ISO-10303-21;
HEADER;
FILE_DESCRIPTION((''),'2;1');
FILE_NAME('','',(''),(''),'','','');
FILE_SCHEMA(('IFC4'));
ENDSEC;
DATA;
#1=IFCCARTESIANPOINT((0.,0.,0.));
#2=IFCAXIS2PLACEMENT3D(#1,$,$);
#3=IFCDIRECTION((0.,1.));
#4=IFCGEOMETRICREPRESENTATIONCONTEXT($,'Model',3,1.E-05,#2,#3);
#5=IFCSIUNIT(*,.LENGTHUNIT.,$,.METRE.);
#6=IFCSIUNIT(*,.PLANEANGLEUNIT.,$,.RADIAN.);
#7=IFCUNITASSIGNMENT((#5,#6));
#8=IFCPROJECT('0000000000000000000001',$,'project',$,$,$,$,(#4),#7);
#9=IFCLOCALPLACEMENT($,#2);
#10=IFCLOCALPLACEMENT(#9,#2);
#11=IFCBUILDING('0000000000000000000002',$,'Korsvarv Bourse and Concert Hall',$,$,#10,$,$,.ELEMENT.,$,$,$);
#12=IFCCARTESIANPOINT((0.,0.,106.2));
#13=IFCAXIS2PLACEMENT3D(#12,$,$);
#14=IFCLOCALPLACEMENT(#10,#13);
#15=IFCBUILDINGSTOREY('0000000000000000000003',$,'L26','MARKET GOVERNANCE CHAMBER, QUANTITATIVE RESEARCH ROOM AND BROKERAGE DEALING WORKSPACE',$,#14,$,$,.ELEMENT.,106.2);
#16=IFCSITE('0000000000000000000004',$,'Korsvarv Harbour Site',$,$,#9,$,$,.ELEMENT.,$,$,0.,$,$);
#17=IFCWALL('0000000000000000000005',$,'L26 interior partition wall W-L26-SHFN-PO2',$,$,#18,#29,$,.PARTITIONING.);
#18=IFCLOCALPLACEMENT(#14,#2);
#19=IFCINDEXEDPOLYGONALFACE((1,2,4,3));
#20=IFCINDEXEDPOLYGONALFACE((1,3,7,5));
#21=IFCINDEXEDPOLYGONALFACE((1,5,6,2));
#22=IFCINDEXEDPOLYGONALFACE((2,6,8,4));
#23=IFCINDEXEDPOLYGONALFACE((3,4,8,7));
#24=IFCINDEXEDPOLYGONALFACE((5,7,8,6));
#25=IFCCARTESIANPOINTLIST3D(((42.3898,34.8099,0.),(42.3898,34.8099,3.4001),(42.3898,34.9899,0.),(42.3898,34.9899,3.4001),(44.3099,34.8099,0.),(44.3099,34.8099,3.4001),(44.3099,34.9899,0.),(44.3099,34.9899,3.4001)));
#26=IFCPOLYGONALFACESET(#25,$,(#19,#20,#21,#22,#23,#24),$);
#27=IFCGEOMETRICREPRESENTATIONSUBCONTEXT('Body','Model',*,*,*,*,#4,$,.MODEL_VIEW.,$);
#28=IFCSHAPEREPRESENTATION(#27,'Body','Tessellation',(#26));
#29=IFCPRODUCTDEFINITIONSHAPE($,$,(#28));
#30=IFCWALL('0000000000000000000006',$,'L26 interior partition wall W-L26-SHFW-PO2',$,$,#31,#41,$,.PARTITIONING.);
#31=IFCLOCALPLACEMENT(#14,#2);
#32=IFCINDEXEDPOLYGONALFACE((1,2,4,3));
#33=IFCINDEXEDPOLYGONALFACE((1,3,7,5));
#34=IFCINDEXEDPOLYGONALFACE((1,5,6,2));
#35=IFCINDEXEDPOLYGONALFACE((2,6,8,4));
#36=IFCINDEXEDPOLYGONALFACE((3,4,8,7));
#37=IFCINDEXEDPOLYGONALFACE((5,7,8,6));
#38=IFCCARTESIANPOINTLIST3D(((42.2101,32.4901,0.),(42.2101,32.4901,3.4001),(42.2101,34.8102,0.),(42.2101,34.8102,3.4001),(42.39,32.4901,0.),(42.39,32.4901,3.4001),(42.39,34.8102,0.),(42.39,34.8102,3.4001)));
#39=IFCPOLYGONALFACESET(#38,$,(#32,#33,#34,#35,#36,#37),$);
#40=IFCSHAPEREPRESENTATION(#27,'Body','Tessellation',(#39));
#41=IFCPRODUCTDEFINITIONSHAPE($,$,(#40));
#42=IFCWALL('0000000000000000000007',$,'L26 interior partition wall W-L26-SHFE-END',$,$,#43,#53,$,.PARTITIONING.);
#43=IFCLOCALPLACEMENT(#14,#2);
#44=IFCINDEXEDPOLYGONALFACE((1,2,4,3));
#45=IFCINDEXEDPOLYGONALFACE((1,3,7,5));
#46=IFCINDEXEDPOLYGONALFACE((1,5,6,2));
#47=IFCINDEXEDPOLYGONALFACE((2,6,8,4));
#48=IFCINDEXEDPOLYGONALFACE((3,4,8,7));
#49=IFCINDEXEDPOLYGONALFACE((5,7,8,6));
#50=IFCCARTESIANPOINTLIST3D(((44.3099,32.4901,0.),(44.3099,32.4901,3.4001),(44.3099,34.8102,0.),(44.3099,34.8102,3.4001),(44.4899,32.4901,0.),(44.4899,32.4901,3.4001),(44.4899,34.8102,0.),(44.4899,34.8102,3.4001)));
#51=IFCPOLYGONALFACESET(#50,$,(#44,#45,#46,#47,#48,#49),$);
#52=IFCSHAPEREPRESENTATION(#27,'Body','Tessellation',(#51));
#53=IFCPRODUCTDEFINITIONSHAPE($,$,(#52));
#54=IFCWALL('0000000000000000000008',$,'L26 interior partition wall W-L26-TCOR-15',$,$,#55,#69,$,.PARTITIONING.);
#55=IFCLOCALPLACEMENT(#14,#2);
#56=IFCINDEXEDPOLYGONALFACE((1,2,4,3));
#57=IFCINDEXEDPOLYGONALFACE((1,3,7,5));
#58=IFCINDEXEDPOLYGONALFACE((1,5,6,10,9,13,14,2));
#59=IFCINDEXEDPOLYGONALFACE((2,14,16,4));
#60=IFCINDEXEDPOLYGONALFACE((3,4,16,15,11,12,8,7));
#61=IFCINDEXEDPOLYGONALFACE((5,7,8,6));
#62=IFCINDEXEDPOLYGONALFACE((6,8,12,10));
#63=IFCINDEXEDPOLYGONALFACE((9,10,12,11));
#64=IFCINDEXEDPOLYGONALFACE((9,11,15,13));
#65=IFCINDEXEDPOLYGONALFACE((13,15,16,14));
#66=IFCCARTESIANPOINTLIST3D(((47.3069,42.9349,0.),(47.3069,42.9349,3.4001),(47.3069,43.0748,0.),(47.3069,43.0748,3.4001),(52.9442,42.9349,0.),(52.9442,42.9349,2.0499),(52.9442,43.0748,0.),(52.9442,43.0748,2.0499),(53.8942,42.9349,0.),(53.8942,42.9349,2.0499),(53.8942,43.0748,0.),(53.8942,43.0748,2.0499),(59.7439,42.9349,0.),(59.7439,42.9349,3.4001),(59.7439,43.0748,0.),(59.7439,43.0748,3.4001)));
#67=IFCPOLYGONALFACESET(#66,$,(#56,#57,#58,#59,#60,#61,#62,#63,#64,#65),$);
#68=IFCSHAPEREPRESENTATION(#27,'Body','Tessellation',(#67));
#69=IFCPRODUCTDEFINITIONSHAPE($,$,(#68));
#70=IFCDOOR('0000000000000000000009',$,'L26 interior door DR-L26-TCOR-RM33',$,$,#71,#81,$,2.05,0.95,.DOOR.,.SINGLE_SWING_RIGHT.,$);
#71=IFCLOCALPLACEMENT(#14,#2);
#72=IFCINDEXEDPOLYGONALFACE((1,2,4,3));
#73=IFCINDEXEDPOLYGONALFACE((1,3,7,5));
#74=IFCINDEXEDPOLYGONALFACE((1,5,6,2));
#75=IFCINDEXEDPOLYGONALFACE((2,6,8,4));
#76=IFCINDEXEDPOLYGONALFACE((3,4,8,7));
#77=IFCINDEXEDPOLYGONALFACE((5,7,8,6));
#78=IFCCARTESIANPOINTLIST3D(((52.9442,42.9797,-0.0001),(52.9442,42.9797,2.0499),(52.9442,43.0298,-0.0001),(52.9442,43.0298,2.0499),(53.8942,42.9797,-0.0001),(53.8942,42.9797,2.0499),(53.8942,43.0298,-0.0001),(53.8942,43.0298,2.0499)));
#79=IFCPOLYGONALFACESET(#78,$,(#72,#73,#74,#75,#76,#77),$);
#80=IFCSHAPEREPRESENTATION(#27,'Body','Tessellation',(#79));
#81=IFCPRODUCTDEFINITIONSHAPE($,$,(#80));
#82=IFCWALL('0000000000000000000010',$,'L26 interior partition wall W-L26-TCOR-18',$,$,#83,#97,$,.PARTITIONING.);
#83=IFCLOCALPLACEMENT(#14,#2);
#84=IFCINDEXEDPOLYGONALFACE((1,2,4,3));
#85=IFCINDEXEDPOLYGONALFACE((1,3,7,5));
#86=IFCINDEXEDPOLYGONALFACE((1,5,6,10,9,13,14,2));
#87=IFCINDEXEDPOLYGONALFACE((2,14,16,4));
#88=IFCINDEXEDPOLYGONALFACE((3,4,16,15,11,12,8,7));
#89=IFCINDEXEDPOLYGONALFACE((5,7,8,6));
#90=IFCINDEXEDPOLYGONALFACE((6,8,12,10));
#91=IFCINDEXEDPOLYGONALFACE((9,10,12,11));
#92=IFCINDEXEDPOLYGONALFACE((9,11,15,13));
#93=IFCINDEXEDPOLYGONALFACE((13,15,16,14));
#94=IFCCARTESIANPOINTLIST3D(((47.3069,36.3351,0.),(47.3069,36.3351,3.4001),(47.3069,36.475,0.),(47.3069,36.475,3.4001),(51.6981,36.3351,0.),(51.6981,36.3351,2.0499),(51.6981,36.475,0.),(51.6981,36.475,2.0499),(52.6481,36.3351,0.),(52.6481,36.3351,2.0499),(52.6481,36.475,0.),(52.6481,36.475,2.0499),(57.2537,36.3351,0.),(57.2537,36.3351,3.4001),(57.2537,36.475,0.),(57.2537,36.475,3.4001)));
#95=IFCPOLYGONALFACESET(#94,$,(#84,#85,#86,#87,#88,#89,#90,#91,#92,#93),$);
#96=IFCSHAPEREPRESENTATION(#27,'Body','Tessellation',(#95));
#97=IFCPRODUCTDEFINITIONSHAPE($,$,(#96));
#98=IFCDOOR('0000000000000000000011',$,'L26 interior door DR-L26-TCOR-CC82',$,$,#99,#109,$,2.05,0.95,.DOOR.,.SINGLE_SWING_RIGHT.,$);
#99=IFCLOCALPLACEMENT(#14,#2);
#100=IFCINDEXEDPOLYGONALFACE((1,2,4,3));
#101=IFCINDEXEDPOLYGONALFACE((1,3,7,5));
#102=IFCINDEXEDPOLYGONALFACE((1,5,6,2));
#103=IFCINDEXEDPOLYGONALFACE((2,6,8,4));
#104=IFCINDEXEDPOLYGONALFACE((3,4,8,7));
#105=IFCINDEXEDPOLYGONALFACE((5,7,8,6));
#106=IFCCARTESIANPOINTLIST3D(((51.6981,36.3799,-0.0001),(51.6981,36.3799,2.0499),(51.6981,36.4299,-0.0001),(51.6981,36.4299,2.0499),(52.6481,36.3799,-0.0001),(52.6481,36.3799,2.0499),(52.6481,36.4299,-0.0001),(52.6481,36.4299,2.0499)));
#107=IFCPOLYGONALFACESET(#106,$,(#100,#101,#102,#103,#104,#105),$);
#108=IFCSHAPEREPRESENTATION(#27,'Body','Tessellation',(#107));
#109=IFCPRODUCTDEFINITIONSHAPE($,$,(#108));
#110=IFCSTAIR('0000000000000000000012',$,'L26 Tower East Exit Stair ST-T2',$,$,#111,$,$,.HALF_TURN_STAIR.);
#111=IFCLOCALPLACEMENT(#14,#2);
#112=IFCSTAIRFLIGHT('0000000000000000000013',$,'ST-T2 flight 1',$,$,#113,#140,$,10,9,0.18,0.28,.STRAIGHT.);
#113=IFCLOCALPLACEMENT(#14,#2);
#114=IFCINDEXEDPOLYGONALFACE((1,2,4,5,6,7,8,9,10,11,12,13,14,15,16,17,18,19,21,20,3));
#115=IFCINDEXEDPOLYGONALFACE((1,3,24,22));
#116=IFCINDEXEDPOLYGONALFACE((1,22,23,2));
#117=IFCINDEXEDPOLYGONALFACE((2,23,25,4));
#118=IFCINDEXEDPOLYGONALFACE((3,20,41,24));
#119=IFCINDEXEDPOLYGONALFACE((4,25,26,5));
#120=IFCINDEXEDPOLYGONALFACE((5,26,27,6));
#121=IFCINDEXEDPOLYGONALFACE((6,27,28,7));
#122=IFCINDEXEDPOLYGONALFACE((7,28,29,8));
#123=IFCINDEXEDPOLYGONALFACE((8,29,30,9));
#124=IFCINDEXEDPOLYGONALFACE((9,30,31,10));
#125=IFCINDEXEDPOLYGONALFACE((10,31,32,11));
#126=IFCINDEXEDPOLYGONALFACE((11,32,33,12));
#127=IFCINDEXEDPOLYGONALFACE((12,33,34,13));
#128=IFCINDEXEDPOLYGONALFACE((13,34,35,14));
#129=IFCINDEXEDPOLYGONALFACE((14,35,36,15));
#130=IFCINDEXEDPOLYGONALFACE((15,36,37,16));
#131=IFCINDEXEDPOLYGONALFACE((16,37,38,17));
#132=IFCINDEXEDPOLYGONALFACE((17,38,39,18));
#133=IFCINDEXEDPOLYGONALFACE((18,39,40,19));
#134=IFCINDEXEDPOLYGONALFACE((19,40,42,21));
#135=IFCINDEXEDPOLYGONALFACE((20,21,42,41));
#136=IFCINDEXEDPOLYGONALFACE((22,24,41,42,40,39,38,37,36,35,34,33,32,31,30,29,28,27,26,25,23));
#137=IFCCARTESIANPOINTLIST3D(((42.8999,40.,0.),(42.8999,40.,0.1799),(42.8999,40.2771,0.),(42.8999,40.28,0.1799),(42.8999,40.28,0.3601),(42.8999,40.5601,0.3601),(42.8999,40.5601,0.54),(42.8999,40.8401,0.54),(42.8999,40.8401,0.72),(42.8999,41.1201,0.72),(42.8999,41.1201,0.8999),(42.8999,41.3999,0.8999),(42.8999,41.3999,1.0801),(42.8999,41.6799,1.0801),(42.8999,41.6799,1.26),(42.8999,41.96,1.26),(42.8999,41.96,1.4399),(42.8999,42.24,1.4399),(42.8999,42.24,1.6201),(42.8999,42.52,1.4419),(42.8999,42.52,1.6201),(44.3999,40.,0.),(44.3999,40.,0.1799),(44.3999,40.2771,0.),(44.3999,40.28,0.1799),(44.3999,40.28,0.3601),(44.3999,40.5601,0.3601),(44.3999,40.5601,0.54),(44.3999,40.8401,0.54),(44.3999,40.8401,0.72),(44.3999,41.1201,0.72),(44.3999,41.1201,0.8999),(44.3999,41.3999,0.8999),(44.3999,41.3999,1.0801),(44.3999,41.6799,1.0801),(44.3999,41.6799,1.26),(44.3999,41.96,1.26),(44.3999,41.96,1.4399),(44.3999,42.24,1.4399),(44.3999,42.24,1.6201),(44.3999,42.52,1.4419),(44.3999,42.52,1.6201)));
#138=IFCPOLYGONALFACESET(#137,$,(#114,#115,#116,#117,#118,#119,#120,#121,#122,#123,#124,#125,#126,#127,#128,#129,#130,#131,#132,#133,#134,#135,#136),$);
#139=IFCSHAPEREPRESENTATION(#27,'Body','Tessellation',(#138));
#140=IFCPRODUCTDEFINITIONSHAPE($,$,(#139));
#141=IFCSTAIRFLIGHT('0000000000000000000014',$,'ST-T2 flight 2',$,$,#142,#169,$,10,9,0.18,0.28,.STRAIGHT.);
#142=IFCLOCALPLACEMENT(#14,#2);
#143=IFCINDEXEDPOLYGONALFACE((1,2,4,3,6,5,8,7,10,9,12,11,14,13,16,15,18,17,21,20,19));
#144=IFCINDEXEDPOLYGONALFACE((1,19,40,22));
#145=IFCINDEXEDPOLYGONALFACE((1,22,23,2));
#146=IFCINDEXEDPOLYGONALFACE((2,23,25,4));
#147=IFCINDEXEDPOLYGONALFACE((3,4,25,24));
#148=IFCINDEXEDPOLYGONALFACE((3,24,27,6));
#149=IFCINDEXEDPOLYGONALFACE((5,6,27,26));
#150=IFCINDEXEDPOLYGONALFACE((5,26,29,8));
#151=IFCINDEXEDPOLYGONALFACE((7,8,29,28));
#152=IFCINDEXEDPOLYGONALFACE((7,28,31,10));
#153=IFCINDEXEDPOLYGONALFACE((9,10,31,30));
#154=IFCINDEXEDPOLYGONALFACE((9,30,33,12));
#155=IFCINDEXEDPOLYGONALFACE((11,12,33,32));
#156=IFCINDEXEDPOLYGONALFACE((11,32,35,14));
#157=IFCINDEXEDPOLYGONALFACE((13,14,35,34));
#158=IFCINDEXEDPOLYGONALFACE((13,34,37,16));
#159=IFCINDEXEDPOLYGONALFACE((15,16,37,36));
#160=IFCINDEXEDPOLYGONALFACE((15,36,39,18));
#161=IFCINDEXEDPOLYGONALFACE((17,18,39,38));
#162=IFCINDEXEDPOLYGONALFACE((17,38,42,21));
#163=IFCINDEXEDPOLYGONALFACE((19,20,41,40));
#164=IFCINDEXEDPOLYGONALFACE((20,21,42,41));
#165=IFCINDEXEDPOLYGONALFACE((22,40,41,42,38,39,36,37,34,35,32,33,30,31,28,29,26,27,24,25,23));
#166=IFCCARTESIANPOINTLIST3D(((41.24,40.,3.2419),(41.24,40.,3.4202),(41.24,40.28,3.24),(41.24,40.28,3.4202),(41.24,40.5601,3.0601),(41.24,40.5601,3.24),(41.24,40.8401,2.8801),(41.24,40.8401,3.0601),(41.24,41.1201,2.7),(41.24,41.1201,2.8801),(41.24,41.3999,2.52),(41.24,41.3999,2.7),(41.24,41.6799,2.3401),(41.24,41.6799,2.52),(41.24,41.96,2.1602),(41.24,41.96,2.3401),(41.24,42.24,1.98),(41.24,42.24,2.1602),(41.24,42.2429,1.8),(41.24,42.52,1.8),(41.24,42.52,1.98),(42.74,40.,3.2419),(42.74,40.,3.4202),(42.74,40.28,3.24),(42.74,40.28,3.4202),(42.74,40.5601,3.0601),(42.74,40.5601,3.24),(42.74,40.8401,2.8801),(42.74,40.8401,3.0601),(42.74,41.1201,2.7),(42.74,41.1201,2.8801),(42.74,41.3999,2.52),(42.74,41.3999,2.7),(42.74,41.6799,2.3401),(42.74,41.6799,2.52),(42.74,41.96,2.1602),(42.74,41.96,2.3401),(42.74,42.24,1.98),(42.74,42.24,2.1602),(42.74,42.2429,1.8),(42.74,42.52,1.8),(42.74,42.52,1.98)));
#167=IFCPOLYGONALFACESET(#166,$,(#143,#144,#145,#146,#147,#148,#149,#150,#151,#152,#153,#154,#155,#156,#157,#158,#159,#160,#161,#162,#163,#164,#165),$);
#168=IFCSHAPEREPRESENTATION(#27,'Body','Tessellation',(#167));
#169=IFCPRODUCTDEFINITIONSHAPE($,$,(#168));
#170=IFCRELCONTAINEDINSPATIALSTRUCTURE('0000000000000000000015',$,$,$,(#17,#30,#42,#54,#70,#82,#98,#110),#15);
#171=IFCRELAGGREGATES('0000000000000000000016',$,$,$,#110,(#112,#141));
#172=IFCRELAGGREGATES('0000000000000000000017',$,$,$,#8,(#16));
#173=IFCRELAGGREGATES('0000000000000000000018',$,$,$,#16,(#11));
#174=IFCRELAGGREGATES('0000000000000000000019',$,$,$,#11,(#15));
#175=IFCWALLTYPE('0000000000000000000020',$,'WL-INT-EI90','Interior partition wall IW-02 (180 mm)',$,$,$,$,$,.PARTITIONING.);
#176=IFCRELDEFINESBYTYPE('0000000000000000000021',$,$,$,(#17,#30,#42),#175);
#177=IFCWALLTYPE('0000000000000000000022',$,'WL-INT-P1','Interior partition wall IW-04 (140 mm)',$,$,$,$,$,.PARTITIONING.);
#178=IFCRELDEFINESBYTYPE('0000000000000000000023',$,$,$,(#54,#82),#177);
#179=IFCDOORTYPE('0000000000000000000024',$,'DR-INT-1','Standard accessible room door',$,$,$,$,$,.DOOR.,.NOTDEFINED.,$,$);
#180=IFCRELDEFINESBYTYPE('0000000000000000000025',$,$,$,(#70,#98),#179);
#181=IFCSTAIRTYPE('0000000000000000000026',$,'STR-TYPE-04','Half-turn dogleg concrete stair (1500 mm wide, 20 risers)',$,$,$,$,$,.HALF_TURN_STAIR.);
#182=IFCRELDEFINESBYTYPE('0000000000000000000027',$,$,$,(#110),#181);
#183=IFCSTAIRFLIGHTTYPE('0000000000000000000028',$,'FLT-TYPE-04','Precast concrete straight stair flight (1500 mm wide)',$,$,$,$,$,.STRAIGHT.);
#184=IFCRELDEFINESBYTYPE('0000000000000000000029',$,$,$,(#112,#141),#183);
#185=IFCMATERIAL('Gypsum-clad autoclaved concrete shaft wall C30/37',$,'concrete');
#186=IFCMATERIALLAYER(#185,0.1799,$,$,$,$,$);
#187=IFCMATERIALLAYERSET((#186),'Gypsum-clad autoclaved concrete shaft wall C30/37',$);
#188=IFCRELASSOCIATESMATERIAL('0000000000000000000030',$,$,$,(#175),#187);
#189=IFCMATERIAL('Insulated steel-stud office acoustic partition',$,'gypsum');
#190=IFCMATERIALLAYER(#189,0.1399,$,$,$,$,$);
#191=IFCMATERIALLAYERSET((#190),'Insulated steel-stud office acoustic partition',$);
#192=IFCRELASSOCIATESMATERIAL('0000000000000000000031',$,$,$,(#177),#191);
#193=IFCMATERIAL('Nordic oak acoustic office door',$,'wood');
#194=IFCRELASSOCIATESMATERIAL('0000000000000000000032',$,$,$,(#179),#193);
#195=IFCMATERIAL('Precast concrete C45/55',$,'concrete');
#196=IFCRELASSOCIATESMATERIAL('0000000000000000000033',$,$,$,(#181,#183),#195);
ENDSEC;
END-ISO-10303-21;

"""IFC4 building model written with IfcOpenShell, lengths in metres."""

from ifc_helpers import new_model, si_unit, direction, frame, frame_2d, origin, place, context, subcontext, project, spatial, polyline, rectangle, outline, extrude, material, layer, layer_set, type_object, element, fill, aggregate, save


model = new_model("IFC4")

# Units and contexts
model_context = context("Model", 3, precision=1e-05, world=origin(), true_north=direction((0.0, 1.0)))
body_context = subcontext(model_context, "Body", "Model", "MODEL_VIEW")
ifc_project = project(units=[si_unit("LENGTHUNIT", "METRE"), si_unit("PLANEANGLEUNIT", "RADIAN")], contexts=[model_context])

# Site, building, storey
site_placement = place(None, origin())
site = spatial("IfcSite", under=ifc_project, at=site_placement, Name="Korsvarv Harbour Site", CompositionType="ELEMENT", RefElevation=0.0)
building_placement = place(site_placement, origin())
building = spatial("IfcBuilding", under=site, at=building_placement, Name="Korsvarv Bourse and Concert Hall", CompositionType="ELEMENT")
storey_placement = place(building_placement, frame((0.0, 0.0, 106.2)))
storey = spatial("IfcBuildingStorey", under=building, at=storey_placement, Name="L26", Description="MARKET GOVERNANCE CHAMBER, QUANTITATIVE RESEARCH ROOM AND BROKERAGE DEALING WORKSPACE", CompositionType="ELEMENT", Elevation=106.2)

# Walls
ifc_material_1 = material(Name="Gypsum-clad autoclaved concrete shaft wall C30/37", Category="concrete")
ifc_layer_1 = layer(ifc_material_1, 0.1799)
ifc_layer_set_1 = layer_set([ifc_layer_1], Name="Gypsum-clad autoclaved concrete shaft wall C30/37")
wall_type_1 = type_object("IfcWallType", Name="WL-INT-EI90", Description="Interior partition wall IW-02 (180 mm)", PredefinedType="PARTITIONING", material=ifc_layer_set_1)
wall_1_placement = place(storey_placement, frame((42.3899, 34.8999, 0.0), z_axis=(0.0, 0.0, 1.0), x_axis=(1.0, 0.0, 0.0)))
element("IfcWall", 1, at=wall_1_placement, inside=storey, type_object=wall_type_1, Name="L26 interior partition wall W-L26-SHFN-PO2", PredefinedType="PARTITIONING", context=body_context, shape_type="SweptSolid", body=[
    extrude(rectangle(XDim=1.9202, YDim=0.1799, at=frame_2d((0.96, 0.0))), origin(), (0.0, 0.0, 1.0), 3.4001),
])
for number, where, z_axis, x_axis, name in (
    (2, (42.3, 32.49, 0.0), (0.0, 0.0, 1.0), (0.0, 1.0, 0.0), "L26 interior partition wall W-L26-SHFW-PO2"),
    (3, (44.3999, 32.49, 0.0), (0.0, 0.0, 1.0), (0.0, 1.0, 0.0), "L26 interior partition wall W-L26-SHFE-END"),
):
    element("IfcWall", number, at=place(storey_placement, frame(where, z_axis=z_axis, x_axis=x_axis)), inside=storey, type_object=wall_type_1, Name=name, PredefinedType="PARTITIONING", context=body_context, shape_type="SweptSolid", body=[
        extrude(rectangle(XDim=2.3201, YDim=0.1799, at=frame_2d((1.1602, 0.0))), origin(), (0.0, 0.0, 1.0), 3.4001),
    ])

# Walls, openings, doors
ifc_material_2 = material(Name="Insulated steel-stud office acoustic partition", Category="gypsum")
ifc_layer_2 = layer(ifc_material_2, 0.1399)
ifc_layer_set_2 = layer_set([ifc_layer_2], Name="Insulated steel-stud office acoustic partition")
wall_type_2 = type_object("IfcWallType", Name="WL-INT-P1", Description="Interior partition wall IW-04 (140 mm)", PredefinedType="PARTITIONING", material=ifc_layer_set_2)
wall_2_placement = place(storey_placement, frame((47.3069, 43.0049, 0.0), z_axis=(0.0, 0.0, 1.0), x_axis=(1.0, 0.0, 0.0)))
wall_2 = element("IfcWall", 4, at=wall_2_placement, inside=storey, type_object=wall_type_2, Name="L26 interior partition wall W-L26-TCOR-15", PredefinedType="PARTITIONING", context=body_context, shape_type="SweptSolid", body=[
    extrude(rectangle(XDim=12.437, YDim=0.1399, at=frame_2d((6.2185, 0.0))), origin(), (0.0, 0.0, 1.0), 3.4001),
])
opening_1_placement = place(wall_2_placement, frame((5.6372, 0.0, 0.0)))
opening_1 = element("IfcOpeningElement", 5, at=opening_1_placement, cuts=wall_2, PredefinedType="OPENING", context=body_context, shape_type="SweptSolid", body=[
    extrude(rectangle(XDim=0.95, YDim=2.05, at=frame_2d((0.4751, 1.0249))), frame((0.0, 0.0801, 0.0), z_axis=(0.0, -1.0, 0.0), x_axis=(1.0, 0.0, 0.0)), (0.0, 0.0, 1.0), 0.1599),
])
ifc_material_3 = material(Name="Nordic oak acoustic office door", Category="wood")
door_type_1 = type_object("IfcDoorType", Name="DR-INT-1", Description="Standard accessible room door", OperationType="NOTDEFINED", PredefinedType="DOOR", material=ifc_material_3)
door_1_placement = place(opening_1_placement, origin())
door_1 = element("IfcDoor", 6, at=door_1_placement, inside=storey, type_object=door_type_1, Name="L26 interior door DR-L26-TCOR-RM33", OperationType="SINGLE_SWING_RIGHT", OverallHeight=2.05, OverallWidth=0.95, PredefinedType="DOOR", context=body_context, shape_type="SweptSolid", body=[
    extrude(rectangle(XDim=0.95, YDim=2.05, at=frame_2d((0.4751, 1.0249))), frame((0.0, 0.0249, 0.0), z_axis=(0.0, -1.0, 0.0), x_axis=(1.0, 0.0, 0.0)), (0.0, 0.0, 1.0), 0.05),
])
fill(opening_1, door_1)
wall_3_placement = place(storey_placement, frame((47.3069, 36.405, 0.0), z_axis=(0.0, 0.0, 1.0), x_axis=(1.0, 0.0, 0.0)))
wall_3 = element("IfcWall", 7, at=wall_3_placement, inside=storey, type_object=wall_type_2, Name="L26 interior partition wall W-L26-TCOR-18", PredefinedType="PARTITIONING", context=body_context, shape_type="SweptSolid", body=[
    extrude(rectangle(XDim=9.9468, YDim=0.1399, at=frame_2d((4.9734, 0.0))), origin(), (0.0, 0.0, 1.0), 3.4001),
])
opening_2_placement = place(wall_3_placement, frame((4.3911, 0.0, 0.0)))
opening_2 = element("IfcOpeningElement", 8, at=opening_2_placement, cuts=wall_3, PredefinedType="OPENING", context=body_context, shape_type="SweptSolid", body=[
    extrude(rectangle(XDim=0.95, YDim=2.05, at=frame_2d((0.4751, 1.0249))), frame((0.0, 0.0801, 0.0), z_axis=(0.0, -1.0, 0.0), x_axis=(1.0, 0.0, 0.0)), (0.0, 0.0, 1.0), 0.1599),
])
door_2_placement = place(opening_2_placement, origin())
door_2 = element("IfcDoor", 9, at=door_2_placement, inside=storey, type_object=door_type_1, Name="L26 interior door DR-L26-TCOR-CC82", OperationType="SINGLE_SWING_RIGHT", OverallHeight=2.05, OverallWidth=0.95, PredefinedType="DOOR", context=body_context, shape_type="SweptSolid", body=[
    extrude(rectangle(XDim=0.95, YDim=2.05, at=frame_2d((0.4751, 1.0249))), frame((0.0, 0.0249, 0.0), z_axis=(0.0, -1.0, 0.0), x_axis=(1.0, 0.0, 0.0)), (0.0, 0.0, 1.0), 0.05),
])
fill(opening_2, door_2)

# Stair, stair flights
ifc_material_4 = material(Name="Precast concrete C45/55", Category="concrete")
stair_type = type_object("IfcStairType", Name="STR-TYPE-04", Description="Half-turn dogleg concrete stair (1500 mm wide, 20 risers)", PredefinedType="HALF_TURN_STAIR", material=ifc_material_4)
stair_placement = place(storey_placement, origin())
stair = element("IfcStair", 10, at=stair_placement, inside=storey, type_object=stair_type, Name="L26 Tower East Exit Stair ST-T2", PredefinedType="HALF_TURN_STAIR")
stair_flight_type = type_object("IfcStairFlightType", Name="FLT-TYPE-04", Description="Precast concrete straight stair flight (1500 mm wide)", PredefinedType="STRAIGHT", material=ifc_material_4)
stair_flight_1_placement = place(storey_placement, frame((43.6499, 40.0, 0.0), z_axis=(0.0, 0.0, 1.0), x_axis=(0.0, 1.0, 0.0)))
stair_flight_1 = element("IfcStairFlight", 11, at=stair_flight_1_placement, type_object=stair_flight_type, Name="ST-T2 flight 1", NumberOfRisers=10, NumberOfTreads=9, PredefinedType="STRAIGHT", RiserHeight=0.18, TreadLength=0.28, context=body_context, shape_type="SweptSolid", body=[
    extrude(outline(polyline([(0.0, 0.0), (0.0, 0.1799), (0.28, 0.1799), (0.28, 0.3601), (0.5601, 0.3601), (0.5601, 0.54), (0.8401, 0.54), (0.8401, 0.72), (1.1201, 0.72), (1.1201, 0.8999), (1.3999, 0.8999), (1.3999, 1.0801), (1.6799, 1.0801), (1.6799, 1.26), (1.96, 1.26), (1.96, 1.4399), (2.24, 1.4399), (2.24, 1.6201), (2.52, 1.6201), (2.52, 1.8), (2.52, 1.4419), (0.2771, 0.0), (0.0, 0.0)])), frame((0.0, 0.75, 0.0), z_axis=(0.0, -1.0, 0.0), x_axis=(1.0, 0.0, 0.0)), (0.0, 0.0, 1.0), 1.5),
])
stair_flight_2_placement = place(storey_placement, frame((41.99, 42.52, 1.8), z_axis=(0.0, 0.0, 1.0), x_axis=(0.0, -1.0, 0.0)))
stair_flight_2 = element("IfcStairFlight", 12, at=stair_flight_2_placement, type_object=stair_flight_type, Name="ST-T2 flight 2", NumberOfRisers=10, NumberOfTreads=9, PredefinedType="STRAIGHT", RiserHeight=0.18, TreadLength=0.28, context=body_context, shape_type="SweptSolid", body=[
    extrude(outline(polyline([(0.0, 0.0), (0.0, 0.1799), (0.28, 0.1799), (0.28, 0.3601), (0.5601, 0.3601), (0.5601, 0.54), (0.8401, 0.54), (0.8401, 0.72), (1.1201, 0.72), (1.1201, 0.8999), (1.3999, 0.8999), (1.3999, 1.0801), (1.6799, 1.0801), (1.6799, 1.26), (1.96, 1.26), (1.96, 1.4399), (2.24, 1.4399), (2.24, 1.6201), (2.52, 1.6201), (2.52, 1.8), (2.52, 1.4419), (0.2771, 0.0), (0.0, 0.0)])), frame((0.0, 0.75, 0.0), z_axis=(0.0, -1.0, 0.0), x_axis=(1.0, 0.0, 0.0)), (0.0, 0.0, 1.0), 1.5),
])
aggregate(stair, [stair_flight_1, stair_flight_2])

save(model, "model.ifc")
